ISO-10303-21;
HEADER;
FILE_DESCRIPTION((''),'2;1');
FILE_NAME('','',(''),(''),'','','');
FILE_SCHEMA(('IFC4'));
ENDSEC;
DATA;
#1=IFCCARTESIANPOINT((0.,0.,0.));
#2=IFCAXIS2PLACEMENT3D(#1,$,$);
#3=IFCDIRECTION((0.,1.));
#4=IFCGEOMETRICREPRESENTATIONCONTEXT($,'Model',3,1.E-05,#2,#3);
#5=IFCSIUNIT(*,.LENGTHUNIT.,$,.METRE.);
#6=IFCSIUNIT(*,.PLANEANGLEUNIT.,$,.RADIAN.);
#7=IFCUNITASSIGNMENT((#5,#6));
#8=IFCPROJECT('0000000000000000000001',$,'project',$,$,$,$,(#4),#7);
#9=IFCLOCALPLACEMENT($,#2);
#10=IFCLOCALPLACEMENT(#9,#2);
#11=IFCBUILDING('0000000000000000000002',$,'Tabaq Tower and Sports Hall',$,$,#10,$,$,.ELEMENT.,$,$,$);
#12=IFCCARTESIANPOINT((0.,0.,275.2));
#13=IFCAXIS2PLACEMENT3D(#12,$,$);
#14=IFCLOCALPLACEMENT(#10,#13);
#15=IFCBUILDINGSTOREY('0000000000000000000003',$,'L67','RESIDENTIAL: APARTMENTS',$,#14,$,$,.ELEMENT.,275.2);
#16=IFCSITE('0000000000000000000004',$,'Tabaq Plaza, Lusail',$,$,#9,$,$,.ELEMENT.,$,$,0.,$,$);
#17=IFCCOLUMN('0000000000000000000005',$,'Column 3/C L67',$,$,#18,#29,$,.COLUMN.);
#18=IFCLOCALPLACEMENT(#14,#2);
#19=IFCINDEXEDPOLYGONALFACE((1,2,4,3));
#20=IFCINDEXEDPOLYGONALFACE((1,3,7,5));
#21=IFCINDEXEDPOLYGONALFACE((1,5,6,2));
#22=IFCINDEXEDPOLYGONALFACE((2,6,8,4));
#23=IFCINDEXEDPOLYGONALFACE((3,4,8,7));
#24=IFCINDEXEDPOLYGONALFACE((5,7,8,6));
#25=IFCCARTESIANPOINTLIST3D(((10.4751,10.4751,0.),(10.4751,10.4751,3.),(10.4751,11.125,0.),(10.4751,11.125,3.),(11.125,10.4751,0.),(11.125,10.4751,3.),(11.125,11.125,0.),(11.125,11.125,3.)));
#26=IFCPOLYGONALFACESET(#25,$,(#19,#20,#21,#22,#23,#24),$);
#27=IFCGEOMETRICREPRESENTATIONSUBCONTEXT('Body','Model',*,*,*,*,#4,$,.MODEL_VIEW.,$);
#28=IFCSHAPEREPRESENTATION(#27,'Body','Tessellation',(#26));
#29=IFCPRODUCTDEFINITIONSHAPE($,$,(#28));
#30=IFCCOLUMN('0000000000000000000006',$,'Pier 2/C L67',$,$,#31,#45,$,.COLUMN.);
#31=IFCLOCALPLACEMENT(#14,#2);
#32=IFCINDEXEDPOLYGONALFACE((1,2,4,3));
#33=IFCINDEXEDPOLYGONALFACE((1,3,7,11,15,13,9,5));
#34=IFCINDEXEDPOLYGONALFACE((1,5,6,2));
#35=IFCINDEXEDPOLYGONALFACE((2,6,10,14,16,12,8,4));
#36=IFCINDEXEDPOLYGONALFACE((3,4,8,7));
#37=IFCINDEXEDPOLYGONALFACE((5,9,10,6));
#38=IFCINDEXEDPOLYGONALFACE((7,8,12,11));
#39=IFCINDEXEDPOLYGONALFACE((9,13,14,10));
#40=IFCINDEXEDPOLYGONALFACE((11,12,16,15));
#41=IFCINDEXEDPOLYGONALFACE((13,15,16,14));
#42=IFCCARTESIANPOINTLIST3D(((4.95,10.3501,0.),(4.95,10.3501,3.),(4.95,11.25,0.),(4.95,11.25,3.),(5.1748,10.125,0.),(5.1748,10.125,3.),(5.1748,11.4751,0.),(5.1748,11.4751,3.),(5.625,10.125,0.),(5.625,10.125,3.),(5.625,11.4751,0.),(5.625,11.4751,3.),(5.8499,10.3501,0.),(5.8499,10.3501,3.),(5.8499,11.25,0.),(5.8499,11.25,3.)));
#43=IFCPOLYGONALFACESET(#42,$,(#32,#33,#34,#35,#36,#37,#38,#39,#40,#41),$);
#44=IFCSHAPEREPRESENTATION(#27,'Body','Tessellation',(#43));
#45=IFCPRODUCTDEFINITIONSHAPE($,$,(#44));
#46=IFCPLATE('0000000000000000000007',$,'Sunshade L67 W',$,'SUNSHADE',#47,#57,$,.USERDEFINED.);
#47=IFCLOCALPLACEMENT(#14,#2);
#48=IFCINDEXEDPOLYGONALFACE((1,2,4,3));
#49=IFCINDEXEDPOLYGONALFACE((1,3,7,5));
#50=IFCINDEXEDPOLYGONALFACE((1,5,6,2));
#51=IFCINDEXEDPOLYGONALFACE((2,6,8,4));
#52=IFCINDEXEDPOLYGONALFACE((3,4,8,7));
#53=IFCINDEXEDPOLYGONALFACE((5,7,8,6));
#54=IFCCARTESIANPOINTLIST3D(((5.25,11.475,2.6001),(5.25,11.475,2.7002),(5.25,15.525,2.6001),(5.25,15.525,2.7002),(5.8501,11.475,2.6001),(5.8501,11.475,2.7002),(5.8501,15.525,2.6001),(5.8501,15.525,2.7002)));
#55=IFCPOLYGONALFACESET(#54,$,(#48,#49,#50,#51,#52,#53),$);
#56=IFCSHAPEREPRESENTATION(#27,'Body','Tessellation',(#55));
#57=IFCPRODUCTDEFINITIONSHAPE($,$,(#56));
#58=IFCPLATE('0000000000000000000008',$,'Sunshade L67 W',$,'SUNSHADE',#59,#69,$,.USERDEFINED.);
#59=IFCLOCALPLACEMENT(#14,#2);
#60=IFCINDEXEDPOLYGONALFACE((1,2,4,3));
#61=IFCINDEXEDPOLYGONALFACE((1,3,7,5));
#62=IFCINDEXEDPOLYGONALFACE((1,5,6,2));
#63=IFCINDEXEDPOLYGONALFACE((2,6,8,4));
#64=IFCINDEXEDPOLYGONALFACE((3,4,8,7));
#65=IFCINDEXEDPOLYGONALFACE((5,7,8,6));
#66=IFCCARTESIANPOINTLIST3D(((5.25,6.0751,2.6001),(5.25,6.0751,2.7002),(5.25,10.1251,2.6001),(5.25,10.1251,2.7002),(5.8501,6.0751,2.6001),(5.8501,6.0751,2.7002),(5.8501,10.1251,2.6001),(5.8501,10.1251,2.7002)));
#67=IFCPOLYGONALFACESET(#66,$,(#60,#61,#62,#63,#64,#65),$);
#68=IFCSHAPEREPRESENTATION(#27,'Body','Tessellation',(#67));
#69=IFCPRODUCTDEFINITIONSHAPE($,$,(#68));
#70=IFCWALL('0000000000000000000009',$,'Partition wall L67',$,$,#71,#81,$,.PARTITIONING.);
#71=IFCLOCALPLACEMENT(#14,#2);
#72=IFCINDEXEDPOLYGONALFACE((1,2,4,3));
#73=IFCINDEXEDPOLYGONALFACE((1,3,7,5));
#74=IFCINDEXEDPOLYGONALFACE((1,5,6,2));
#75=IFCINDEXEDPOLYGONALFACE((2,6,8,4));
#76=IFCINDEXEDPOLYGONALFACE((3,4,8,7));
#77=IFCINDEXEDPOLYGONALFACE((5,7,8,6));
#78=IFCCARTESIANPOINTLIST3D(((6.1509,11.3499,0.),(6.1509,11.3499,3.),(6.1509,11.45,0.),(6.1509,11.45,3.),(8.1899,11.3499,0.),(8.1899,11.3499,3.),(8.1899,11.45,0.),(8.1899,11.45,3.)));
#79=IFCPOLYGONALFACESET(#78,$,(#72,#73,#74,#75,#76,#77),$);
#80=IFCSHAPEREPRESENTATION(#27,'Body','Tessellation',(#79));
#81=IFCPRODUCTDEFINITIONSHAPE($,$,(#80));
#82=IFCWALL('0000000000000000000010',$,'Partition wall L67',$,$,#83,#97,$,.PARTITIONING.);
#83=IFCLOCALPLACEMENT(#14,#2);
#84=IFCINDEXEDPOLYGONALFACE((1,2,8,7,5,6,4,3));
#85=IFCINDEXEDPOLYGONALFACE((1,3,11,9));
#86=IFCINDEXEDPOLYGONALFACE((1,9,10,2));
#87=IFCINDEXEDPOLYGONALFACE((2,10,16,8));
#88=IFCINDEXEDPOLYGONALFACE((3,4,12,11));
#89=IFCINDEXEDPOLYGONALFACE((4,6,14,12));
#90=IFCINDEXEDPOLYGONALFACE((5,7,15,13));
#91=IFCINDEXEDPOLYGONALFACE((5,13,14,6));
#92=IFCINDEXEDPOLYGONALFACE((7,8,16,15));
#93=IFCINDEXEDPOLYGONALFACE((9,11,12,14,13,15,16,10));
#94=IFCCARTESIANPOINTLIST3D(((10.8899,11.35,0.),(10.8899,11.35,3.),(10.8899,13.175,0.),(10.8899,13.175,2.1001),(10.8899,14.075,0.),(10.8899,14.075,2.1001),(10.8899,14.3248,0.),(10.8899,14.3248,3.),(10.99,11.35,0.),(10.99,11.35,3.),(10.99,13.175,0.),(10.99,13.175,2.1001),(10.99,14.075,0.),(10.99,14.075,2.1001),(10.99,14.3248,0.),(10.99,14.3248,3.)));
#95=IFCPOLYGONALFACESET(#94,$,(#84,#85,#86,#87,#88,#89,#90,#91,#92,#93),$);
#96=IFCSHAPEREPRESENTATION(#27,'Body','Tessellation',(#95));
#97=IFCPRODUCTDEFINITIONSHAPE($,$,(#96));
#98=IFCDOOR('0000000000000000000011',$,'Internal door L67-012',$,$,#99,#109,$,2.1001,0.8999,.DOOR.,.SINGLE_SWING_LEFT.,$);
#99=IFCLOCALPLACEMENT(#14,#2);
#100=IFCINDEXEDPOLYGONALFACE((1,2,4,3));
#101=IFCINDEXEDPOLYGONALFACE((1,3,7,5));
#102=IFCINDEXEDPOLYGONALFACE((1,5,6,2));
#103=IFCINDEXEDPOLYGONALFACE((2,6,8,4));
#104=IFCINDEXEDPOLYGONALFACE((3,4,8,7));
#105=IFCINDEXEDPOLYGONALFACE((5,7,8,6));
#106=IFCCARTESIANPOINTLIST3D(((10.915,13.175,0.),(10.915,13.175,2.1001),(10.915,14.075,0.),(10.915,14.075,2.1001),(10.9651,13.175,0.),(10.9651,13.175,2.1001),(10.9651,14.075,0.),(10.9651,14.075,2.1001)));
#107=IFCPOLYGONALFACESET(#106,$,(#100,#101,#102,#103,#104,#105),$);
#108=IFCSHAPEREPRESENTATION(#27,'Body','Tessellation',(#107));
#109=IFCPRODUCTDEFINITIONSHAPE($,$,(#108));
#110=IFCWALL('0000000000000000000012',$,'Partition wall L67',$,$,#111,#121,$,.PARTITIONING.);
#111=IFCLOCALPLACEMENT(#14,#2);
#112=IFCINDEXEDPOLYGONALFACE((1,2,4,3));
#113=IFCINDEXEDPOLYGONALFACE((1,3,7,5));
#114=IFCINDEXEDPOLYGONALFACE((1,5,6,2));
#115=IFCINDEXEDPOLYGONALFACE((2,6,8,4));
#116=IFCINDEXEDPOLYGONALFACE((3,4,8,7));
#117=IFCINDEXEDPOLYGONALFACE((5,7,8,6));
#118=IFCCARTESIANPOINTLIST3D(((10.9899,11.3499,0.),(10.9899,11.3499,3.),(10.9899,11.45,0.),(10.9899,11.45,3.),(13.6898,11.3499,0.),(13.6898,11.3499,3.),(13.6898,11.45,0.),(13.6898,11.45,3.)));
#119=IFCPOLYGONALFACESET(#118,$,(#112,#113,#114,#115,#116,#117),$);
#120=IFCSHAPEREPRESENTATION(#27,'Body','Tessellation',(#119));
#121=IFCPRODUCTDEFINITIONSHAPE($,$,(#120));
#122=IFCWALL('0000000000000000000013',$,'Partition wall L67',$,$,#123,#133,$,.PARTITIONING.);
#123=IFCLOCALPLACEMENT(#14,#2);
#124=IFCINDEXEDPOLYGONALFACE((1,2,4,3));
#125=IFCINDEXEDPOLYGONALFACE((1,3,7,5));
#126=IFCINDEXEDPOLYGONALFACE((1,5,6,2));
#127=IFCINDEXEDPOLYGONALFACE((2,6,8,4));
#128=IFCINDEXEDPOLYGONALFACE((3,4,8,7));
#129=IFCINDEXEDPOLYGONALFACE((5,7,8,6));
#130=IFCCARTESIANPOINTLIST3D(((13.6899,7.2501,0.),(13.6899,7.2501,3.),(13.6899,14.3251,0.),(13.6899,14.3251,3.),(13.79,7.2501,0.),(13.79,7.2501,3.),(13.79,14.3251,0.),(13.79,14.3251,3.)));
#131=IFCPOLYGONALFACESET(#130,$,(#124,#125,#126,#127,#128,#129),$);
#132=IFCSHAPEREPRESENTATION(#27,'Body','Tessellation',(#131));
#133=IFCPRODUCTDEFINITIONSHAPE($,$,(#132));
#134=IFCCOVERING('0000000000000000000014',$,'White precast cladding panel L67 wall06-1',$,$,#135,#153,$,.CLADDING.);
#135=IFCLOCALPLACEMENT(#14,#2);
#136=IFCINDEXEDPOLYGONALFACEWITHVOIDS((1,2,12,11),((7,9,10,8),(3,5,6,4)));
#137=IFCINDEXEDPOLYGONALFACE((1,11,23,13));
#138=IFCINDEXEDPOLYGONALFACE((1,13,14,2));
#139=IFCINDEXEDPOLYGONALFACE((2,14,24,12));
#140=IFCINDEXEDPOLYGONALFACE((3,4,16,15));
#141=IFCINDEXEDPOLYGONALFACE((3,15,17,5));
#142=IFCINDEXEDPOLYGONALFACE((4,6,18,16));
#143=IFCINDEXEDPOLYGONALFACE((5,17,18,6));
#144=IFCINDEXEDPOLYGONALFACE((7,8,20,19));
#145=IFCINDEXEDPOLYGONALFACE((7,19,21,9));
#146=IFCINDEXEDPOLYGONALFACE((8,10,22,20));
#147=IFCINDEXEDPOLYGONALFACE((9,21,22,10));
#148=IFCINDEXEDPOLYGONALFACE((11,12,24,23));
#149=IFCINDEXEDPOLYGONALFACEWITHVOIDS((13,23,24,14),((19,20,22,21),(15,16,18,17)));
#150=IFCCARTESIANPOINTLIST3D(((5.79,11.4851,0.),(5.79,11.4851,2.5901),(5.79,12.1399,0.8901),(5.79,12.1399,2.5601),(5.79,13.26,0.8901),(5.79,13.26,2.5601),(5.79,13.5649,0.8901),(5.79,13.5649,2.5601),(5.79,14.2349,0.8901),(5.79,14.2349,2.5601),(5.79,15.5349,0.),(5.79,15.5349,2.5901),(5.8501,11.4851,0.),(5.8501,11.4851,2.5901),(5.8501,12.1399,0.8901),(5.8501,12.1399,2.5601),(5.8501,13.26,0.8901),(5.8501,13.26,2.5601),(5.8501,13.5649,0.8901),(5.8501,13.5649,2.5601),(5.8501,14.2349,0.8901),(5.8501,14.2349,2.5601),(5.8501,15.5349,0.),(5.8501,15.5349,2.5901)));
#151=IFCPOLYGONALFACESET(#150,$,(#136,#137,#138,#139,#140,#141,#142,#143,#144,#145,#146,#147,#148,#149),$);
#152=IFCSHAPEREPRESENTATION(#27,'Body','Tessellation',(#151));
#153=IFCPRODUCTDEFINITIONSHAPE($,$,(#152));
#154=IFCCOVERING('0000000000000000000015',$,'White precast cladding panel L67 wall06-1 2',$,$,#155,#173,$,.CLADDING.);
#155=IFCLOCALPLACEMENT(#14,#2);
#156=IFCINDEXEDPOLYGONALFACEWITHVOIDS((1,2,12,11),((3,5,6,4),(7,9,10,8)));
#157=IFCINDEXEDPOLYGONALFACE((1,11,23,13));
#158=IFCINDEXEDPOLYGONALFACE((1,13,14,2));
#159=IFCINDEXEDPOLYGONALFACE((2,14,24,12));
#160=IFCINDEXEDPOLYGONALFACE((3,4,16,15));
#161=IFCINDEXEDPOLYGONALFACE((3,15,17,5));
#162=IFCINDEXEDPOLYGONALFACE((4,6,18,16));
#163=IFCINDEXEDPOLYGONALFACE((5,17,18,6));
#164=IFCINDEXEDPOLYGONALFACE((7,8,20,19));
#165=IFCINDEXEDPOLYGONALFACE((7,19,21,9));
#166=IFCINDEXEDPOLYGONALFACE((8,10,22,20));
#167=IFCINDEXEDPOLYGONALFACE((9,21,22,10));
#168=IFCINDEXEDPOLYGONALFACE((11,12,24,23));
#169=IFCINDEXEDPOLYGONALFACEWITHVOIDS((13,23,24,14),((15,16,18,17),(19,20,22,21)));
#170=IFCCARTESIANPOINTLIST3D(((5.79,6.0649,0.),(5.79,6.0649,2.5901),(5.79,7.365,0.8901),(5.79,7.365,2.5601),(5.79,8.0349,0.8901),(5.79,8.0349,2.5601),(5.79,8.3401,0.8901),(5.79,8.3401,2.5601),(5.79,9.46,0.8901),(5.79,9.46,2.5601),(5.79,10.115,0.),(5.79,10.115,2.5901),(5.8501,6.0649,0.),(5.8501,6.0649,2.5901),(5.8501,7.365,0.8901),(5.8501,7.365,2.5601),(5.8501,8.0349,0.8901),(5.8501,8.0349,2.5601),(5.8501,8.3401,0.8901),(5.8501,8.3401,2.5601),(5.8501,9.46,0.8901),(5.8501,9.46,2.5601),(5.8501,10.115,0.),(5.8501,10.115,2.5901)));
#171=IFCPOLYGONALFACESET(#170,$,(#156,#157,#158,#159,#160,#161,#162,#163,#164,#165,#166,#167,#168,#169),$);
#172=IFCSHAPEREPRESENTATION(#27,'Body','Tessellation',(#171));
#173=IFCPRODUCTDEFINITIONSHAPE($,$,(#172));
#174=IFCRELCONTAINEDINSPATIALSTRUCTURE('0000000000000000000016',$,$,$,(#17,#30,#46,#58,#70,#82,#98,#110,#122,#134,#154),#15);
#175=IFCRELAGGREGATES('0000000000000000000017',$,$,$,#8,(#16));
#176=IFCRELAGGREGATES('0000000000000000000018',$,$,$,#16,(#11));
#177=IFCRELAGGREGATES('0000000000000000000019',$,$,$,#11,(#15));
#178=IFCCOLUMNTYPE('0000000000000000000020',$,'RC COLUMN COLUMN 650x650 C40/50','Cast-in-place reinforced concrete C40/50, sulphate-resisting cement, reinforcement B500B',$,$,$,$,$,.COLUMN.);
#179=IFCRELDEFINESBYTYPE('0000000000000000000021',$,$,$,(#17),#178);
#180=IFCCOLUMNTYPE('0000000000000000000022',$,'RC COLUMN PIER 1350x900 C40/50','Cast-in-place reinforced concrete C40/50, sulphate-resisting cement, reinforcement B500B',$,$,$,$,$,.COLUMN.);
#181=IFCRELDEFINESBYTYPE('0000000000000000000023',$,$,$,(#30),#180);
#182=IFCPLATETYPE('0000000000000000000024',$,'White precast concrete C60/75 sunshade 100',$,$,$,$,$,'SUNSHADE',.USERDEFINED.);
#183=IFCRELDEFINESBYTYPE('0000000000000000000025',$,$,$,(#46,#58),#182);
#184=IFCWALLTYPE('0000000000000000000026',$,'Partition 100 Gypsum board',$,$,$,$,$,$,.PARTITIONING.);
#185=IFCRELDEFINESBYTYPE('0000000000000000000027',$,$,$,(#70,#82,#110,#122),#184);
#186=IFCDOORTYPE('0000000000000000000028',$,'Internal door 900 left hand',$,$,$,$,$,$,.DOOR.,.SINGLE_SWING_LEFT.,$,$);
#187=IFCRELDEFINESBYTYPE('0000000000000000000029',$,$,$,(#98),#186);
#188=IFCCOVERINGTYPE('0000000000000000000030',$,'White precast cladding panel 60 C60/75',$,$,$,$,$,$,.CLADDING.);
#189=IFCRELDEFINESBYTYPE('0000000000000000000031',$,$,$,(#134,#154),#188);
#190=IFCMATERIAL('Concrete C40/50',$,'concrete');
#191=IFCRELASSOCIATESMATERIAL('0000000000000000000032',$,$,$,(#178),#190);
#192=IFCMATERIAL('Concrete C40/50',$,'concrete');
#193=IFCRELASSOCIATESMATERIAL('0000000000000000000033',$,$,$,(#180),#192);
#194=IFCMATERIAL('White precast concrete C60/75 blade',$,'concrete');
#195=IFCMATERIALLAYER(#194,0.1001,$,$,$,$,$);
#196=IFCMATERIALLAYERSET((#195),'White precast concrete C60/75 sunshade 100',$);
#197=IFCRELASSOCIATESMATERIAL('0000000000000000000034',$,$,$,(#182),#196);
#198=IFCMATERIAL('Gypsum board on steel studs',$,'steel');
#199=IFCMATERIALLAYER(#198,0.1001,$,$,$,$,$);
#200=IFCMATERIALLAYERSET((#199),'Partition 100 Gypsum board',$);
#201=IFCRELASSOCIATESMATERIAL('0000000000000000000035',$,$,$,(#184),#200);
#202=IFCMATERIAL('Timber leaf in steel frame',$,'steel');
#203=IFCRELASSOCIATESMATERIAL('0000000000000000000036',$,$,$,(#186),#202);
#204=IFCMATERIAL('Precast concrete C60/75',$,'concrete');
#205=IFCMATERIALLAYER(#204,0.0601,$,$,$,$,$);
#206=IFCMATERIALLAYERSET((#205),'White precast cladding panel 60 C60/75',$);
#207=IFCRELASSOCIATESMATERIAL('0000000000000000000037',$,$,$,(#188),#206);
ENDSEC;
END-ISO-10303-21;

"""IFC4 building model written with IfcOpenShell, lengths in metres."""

from ifc_helpers import new_model, si_unit, direction, frame, frame_2d, origin, origin_2d, place, context, subcontext, project, spatial, polyline, rectangle, outline, extrude, material, layer, layer_set, material_profile, profile_set, type_object, element, fill, save


model = new_model("IFC4")

# Units and contexts
model_context = context("Model", 3, precision=1e-05, world=origin(), true_north=direction((0.0, 1.0)))
body_context = subcontext(model_context, "Body", "Model", "MODEL_VIEW")
ifc_project = project(units=[si_unit("LENGTHUNIT", "METRE"), si_unit("PLANEANGLEUNIT", "RADIAN")], contexts=[model_context])

# Site, building, storey
site_placement = place(None, origin())
site = spatial("IfcSite", under=ifc_project, at=site_placement, Name="Tabaq Plaza, Lusail", CompositionType="ELEMENT", RefElevation=0.0)
building_placement = place(site_placement, origin())
building = spatial("IfcBuilding", under=site, at=building_placement, Name="Tabaq Tower and Sports Hall", CompositionType="ELEMENT")
storey_placement = place(building_placement, frame((0.0, 0.0, 275.2)))
storey = spatial("IfcBuildingStorey", under=building, at=storey_placement, Name="L67", Description="RESIDENTIAL: APARTMENTS", CompositionType="ELEMENT", Elevation=275.2)

# Columns
ifc_material_1 = material(Name="Concrete C40/50", Category="concrete")
ifc_material_profile_1 = material_profile(ifc_material_1, rectangle(XDim=0.6499, YDim=0.6499, at=origin_2d()), Name="COLUMN 650x650")
ifc_profile_set_1 = profile_set([ifc_material_profile_1], Name="Concrete C40/50")
column_type_1 = type_object("IfcColumnType", Name="RC COLUMN COLUMN 650x650 C40/50", Description="Cast-in-place reinforced concrete C40/50, sulphate-resisting cement, reinforcement B500B", PredefinedType="COLUMN", material=ifc_profile_set_1)
column_1_placement = place(storey_placement, frame((10.8, 10.8, 0.0), z_axis=(0.0, 0.0, 1.0), x_axis=(1.0, 0.0, 0.0)))
element("IfcColumn", 1, at=column_1_placement, inside=storey, type_object=column_type_1, Name="Column 3/C L67", PredefinedType="COLUMN", context=body_context, shape_type="SweptSolid", body=[
    extrude(rectangle(XDim=0.6499, YDim=0.6499, at=origin_2d()), origin(), (0.0, 0.0, 1.0), 3.0),
])
ifc_material_2 = material(Name="Concrete C40/50", Category="concrete")
ifc_material_profile_2 = material_profile(ifc_material_2, outline(polyline([(-0.45, -0.45), (0.45, -0.45), (0.675, -0.2251), (0.675, 0.2251), (0.45, 0.45), (-0.45, 0.45), (-0.675, 0.2251), (-0.675, -0.2251), (-0.45, -0.45)])), Name="PIER 1350x900")
ifc_profile_set_2 = profile_set([ifc_material_profile_2], Name="Concrete C40/50")
column_type_2 = type_object("IfcColumnType", Name="RC COLUMN PIER 1350x900 C40/50", Description="Cast-in-place reinforced concrete C40/50, sulphate-resisting cement, reinforcement B500B", PredefinedType="COLUMN", material=ifc_profile_set_2)
column_2_placement = place(storey_placement, frame((5.3999, 10.8, 0.0), z_axis=(0.0, 0.0, 1.0), x_axis=(0.0, 1.0, 0.0)))
element("IfcColumn", 2, at=column_2_placement, inside=storey, type_object=column_type_2, Name="Pier 2/C L67", PredefinedType="COLUMN", context=body_context, shape_type="SweptSolid", body=[
    extrude(outline(polyline([(-0.45, -0.45), (0.45, -0.45), (0.675, -0.2251), (0.675, 0.2251), (0.45, 0.45), (-0.45, 0.45), (-0.675, 0.2251), (-0.675, -0.2251), (-0.45, -0.45)])), origin(), (0.0, 0.0, 1.0), 3.0),
])

# Plates
ifc_material_3 = material(Name="White precast concrete C60/75 blade", Category="concrete")
ifc_layer_1 = layer(ifc_material_3, 0.1001)
ifc_layer_set_1 = layer_set([ifc_layer_1], Name="White precast concrete C60/75 sunshade 100")
plate_type = type_object("IfcPlateType", Name="White precast concrete C60/75 sunshade 100", ElementType="SUNSHADE", PredefinedType="USERDEFINED", material=ifc_layer_set_1)
for number, where, z_axis, x_axis, name in (
    (3, (5.55, 13.5, 2.6001), (0.0, 0.0, 1.0), (0.0, -1.0, 0.0), "Sunshade L67 W"),
    (4, (5.55, 8.1001, 2.6001), (0.0, 0.0, 1.0), (0.0, -1.0, 0.0), "Sunshade L67 W"),
):
    element("IfcPlate", number, at=place(storey_placement, frame(where, z_axis=z_axis, x_axis=x_axis)), inside=storey, type_object=plate_type, Name=name, ObjectType="SUNSHADE", PredefinedType="USERDEFINED", context=body_context, shape_type="SweptSolid", body=[
        extrude(rectangle(XDim=4.05, YDim=0.6001, at=origin_2d()), origin(), (0.0, 0.0, 1.0), 0.1001),
    ])

# Wall
ifc_material_4 = material(Name="Gypsum board on steel studs", Category="steel")
ifc_layer_2 = layer(ifc_material_4, 0.1001)
ifc_layer_set_2 = layer_set([ifc_layer_2], Name="Partition 100 Gypsum board")
wall_type = type_object("IfcWallType", Name="Partition 100 Gypsum board", PredefinedType="PARTITIONING", material=ifc_layer_set_2)
wall_1_placement = place(storey_placement, frame((8.1899, 11.3999, 0.0), z_axis=(0.0, 0.0, 1.0), x_axis=(-1.0, 0.0, 0.0)))
element("IfcWall", 5, at=wall_1_placement, inside=storey, type_object=wall_type, Name="Partition wall L67", PredefinedType="PARTITIONING", context=body_context, shape_type="SweptSolid", body=[
    extrude(rectangle(XDim=2.0391, YDim=0.1001, at=frame_2d((1.0195, 0.0))), origin(), (0.0, 0.0, 1.0), 3.0),
])

# Wall, opening, door
wall_2_placement = place(storey_placement, frame((10.9399, 11.3501, 0.0), z_axis=(0.0, 0.0, 1.0), x_axis=(0.0, 1.0, 0.0)))
wall_2 = element("IfcWall", 6, at=wall_2_placement, inside=storey, type_object=wall_type, Name="Partition wall L67", PredefinedType="PARTITIONING", context=body_context, shape_type="SweptSolid", body=[
    extrude(rectangle(XDim=2.9749, YDim=0.1001, at=frame_2d((1.4873, 0.0))), origin(), (0.0, 0.0, 1.0), 3.0),
])
opening_placement = place(wall_2_placement, frame((1.825, 0.0, 0.0)))
opening = element("IfcOpeningElement", 7, at=opening_placement, cuts=wall_2, PredefinedType="OPENING", context=body_context, shape_type="SweptSolid", body=[
    extrude(rectangle(XDim=0.8999, YDim=2.1001, at=frame_2d((0.45, 1.05))), frame((0.0, 0.05, 0.0), z_axis=(0.0, -1.0, 0.0), x_axis=(1.0, 0.0, 0.0)), (0.0, 0.0, 1.0), 0.1001),
])
ifc_material_5 = material(Name="Timber leaf in steel frame", Category="steel")
door_type = type_object("IfcDoorType", Name="Internal door 900 left hand", OperationType="SINGLE_SWING_LEFT", PredefinedType="DOOR", material=ifc_material_5)
door_placement = place(opening_placement, origin())
door = element("IfcDoor", 8, at=door_placement, inside=storey, type_object=door_type, Name="Internal door L67-012", OperationType="SINGLE_SWING_LEFT", OverallHeight=2.1001, OverallWidth=0.8999, PredefinedType="DOOR", context=body_context, shape_type="SweptSolid", body=[
    extrude(rectangle(XDim=0.8999, YDim=2.1001, at=frame_2d((0.45, 1.05))), frame((0.0, 0.0249, 0.0), z_axis=(0.0, -1.0, 0.0), x_axis=(1.0, 0.0, 0.0)), (0.0, 0.0, 1.0), 0.05),
])
fill(opening, door)

# Walls
wall_3_placement = place(storey_placement, frame((13.6899, 11.3999, 0.0), z_axis=(0.0, 0.0, 1.0), x_axis=(-1.0, 0.0, 0.0)))
element("IfcWall", 9, at=wall_3_placement, inside=storey, type_object=wall_type, Name="Partition wall L67", PredefinedType="PARTITIONING", context=body_context, shape_type="SweptSolid", body=[
    extrude(rectangle(XDim=2.7, YDim=0.1001, at=frame_2d((1.3501, 0.0))), origin(), (0.0, 0.0, 1.0), 3.0),
])
wall_4_placement = place(storey_placement, frame((13.74, 7.25, 0.0), z_axis=(0.0, 0.0, 1.0), x_axis=(0.0, 1.0, 0.0)))
element("IfcWall", 10, at=wall_4_placement, inside=storey, type_object=wall_type, Name="Partition wall L67", PredefinedType="PARTITIONING", context=body_context, shape_type="SweptSolid", body=[
    extrude(rectangle(XDim=7.075, YDim=0.1001, at=frame_2d((3.5376, 0.0))), origin(), (0.0, 0.0, 1.0), 3.0),
])

# Coverings
ifc_material_6 = material(Name="Precast concrete C60/75", Category="concrete")
ifc_layer_3 = layer(ifc_material_6, 0.0601)
ifc_layer_set_3 = layer_set([ifc_layer_3], Name="White precast cladding panel 60 C60/75")
covering_type = type_object("IfcCoveringType", Name="White precast cladding panel 60 C60/75", PredefinedType="CLADDING", material=ifc_layer_set_3)
covering_1_placement = place(storey_placement, frame((5.8201, 15.5349, 0.0), z_axis=(0.0, 0.0, 1.0), x_axis=(0.0, -1.0, 0.0)))
element("IfcCovering", 11, at=covering_1_placement, inside=storey, type_object=covering_type, Name="White precast cladding panel L67 wall06-1", PredefinedType="CLADDING", context=body_context, shape_type="SweptSolid", body=[
    extrude(outline(polyline([(0.0, 0.0), (4.0498, 0.0), (4.0498, 2.5901), (0.0, 2.5901), (0.0, 0.0)]), holes=[polyline([(1.3, 0.8901), (1.3, 2.5601), (1.97, 2.5601), (1.97, 0.8901), (1.3, 0.8901)]), polyline([(2.2749, 0.8901), (2.2749, 2.5601), (3.395, 2.5601), (3.395, 0.8901), (2.2749, 0.8901)])]), frame((0.0, 0.03, 0.0), z_axis=(0.0, -1.0, 0.0), x_axis=(1.0, 0.0, 0.0)), (0.0, 0.0, 1.0), 0.0601),
])
covering_2_placement = place(storey_placement, frame((5.8201, 10.115, 0.0), z_axis=(0.0, 0.0, 1.0), x_axis=(0.0, -1.0, 0.0)))
element("IfcCovering", 12, at=covering_2_placement, inside=storey, type_object=covering_type, Name="White precast cladding panel L67 wall06-1 2", PredefinedType="CLADDING", context=body_context, shape_type="SweptSolid", body=[
    extrude(outline(polyline([(0.0, 0.0), (4.05, 0.0), (4.05, 2.5901), (0.0, 2.5901), (0.0, 0.0)]), holes=[polyline([(0.655, 0.8901), (0.655, 2.5601), (1.7749, 2.5601), (1.7749, 0.8901), (0.655, 0.8901)]), polyline([(2.0801, 0.8901), (2.0801, 2.5601), (2.75, 2.5601), (2.75, 0.8901), (2.0801, 0.8901)])]), frame((0.0, 0.03, 0.0), z_axis=(0.0, -1.0, 0.0), x_axis=(1.0, 0.0, 0.0)), (0.0, 0.0, 1.0), 0.0601),
])

save(model, "model.ifc")
